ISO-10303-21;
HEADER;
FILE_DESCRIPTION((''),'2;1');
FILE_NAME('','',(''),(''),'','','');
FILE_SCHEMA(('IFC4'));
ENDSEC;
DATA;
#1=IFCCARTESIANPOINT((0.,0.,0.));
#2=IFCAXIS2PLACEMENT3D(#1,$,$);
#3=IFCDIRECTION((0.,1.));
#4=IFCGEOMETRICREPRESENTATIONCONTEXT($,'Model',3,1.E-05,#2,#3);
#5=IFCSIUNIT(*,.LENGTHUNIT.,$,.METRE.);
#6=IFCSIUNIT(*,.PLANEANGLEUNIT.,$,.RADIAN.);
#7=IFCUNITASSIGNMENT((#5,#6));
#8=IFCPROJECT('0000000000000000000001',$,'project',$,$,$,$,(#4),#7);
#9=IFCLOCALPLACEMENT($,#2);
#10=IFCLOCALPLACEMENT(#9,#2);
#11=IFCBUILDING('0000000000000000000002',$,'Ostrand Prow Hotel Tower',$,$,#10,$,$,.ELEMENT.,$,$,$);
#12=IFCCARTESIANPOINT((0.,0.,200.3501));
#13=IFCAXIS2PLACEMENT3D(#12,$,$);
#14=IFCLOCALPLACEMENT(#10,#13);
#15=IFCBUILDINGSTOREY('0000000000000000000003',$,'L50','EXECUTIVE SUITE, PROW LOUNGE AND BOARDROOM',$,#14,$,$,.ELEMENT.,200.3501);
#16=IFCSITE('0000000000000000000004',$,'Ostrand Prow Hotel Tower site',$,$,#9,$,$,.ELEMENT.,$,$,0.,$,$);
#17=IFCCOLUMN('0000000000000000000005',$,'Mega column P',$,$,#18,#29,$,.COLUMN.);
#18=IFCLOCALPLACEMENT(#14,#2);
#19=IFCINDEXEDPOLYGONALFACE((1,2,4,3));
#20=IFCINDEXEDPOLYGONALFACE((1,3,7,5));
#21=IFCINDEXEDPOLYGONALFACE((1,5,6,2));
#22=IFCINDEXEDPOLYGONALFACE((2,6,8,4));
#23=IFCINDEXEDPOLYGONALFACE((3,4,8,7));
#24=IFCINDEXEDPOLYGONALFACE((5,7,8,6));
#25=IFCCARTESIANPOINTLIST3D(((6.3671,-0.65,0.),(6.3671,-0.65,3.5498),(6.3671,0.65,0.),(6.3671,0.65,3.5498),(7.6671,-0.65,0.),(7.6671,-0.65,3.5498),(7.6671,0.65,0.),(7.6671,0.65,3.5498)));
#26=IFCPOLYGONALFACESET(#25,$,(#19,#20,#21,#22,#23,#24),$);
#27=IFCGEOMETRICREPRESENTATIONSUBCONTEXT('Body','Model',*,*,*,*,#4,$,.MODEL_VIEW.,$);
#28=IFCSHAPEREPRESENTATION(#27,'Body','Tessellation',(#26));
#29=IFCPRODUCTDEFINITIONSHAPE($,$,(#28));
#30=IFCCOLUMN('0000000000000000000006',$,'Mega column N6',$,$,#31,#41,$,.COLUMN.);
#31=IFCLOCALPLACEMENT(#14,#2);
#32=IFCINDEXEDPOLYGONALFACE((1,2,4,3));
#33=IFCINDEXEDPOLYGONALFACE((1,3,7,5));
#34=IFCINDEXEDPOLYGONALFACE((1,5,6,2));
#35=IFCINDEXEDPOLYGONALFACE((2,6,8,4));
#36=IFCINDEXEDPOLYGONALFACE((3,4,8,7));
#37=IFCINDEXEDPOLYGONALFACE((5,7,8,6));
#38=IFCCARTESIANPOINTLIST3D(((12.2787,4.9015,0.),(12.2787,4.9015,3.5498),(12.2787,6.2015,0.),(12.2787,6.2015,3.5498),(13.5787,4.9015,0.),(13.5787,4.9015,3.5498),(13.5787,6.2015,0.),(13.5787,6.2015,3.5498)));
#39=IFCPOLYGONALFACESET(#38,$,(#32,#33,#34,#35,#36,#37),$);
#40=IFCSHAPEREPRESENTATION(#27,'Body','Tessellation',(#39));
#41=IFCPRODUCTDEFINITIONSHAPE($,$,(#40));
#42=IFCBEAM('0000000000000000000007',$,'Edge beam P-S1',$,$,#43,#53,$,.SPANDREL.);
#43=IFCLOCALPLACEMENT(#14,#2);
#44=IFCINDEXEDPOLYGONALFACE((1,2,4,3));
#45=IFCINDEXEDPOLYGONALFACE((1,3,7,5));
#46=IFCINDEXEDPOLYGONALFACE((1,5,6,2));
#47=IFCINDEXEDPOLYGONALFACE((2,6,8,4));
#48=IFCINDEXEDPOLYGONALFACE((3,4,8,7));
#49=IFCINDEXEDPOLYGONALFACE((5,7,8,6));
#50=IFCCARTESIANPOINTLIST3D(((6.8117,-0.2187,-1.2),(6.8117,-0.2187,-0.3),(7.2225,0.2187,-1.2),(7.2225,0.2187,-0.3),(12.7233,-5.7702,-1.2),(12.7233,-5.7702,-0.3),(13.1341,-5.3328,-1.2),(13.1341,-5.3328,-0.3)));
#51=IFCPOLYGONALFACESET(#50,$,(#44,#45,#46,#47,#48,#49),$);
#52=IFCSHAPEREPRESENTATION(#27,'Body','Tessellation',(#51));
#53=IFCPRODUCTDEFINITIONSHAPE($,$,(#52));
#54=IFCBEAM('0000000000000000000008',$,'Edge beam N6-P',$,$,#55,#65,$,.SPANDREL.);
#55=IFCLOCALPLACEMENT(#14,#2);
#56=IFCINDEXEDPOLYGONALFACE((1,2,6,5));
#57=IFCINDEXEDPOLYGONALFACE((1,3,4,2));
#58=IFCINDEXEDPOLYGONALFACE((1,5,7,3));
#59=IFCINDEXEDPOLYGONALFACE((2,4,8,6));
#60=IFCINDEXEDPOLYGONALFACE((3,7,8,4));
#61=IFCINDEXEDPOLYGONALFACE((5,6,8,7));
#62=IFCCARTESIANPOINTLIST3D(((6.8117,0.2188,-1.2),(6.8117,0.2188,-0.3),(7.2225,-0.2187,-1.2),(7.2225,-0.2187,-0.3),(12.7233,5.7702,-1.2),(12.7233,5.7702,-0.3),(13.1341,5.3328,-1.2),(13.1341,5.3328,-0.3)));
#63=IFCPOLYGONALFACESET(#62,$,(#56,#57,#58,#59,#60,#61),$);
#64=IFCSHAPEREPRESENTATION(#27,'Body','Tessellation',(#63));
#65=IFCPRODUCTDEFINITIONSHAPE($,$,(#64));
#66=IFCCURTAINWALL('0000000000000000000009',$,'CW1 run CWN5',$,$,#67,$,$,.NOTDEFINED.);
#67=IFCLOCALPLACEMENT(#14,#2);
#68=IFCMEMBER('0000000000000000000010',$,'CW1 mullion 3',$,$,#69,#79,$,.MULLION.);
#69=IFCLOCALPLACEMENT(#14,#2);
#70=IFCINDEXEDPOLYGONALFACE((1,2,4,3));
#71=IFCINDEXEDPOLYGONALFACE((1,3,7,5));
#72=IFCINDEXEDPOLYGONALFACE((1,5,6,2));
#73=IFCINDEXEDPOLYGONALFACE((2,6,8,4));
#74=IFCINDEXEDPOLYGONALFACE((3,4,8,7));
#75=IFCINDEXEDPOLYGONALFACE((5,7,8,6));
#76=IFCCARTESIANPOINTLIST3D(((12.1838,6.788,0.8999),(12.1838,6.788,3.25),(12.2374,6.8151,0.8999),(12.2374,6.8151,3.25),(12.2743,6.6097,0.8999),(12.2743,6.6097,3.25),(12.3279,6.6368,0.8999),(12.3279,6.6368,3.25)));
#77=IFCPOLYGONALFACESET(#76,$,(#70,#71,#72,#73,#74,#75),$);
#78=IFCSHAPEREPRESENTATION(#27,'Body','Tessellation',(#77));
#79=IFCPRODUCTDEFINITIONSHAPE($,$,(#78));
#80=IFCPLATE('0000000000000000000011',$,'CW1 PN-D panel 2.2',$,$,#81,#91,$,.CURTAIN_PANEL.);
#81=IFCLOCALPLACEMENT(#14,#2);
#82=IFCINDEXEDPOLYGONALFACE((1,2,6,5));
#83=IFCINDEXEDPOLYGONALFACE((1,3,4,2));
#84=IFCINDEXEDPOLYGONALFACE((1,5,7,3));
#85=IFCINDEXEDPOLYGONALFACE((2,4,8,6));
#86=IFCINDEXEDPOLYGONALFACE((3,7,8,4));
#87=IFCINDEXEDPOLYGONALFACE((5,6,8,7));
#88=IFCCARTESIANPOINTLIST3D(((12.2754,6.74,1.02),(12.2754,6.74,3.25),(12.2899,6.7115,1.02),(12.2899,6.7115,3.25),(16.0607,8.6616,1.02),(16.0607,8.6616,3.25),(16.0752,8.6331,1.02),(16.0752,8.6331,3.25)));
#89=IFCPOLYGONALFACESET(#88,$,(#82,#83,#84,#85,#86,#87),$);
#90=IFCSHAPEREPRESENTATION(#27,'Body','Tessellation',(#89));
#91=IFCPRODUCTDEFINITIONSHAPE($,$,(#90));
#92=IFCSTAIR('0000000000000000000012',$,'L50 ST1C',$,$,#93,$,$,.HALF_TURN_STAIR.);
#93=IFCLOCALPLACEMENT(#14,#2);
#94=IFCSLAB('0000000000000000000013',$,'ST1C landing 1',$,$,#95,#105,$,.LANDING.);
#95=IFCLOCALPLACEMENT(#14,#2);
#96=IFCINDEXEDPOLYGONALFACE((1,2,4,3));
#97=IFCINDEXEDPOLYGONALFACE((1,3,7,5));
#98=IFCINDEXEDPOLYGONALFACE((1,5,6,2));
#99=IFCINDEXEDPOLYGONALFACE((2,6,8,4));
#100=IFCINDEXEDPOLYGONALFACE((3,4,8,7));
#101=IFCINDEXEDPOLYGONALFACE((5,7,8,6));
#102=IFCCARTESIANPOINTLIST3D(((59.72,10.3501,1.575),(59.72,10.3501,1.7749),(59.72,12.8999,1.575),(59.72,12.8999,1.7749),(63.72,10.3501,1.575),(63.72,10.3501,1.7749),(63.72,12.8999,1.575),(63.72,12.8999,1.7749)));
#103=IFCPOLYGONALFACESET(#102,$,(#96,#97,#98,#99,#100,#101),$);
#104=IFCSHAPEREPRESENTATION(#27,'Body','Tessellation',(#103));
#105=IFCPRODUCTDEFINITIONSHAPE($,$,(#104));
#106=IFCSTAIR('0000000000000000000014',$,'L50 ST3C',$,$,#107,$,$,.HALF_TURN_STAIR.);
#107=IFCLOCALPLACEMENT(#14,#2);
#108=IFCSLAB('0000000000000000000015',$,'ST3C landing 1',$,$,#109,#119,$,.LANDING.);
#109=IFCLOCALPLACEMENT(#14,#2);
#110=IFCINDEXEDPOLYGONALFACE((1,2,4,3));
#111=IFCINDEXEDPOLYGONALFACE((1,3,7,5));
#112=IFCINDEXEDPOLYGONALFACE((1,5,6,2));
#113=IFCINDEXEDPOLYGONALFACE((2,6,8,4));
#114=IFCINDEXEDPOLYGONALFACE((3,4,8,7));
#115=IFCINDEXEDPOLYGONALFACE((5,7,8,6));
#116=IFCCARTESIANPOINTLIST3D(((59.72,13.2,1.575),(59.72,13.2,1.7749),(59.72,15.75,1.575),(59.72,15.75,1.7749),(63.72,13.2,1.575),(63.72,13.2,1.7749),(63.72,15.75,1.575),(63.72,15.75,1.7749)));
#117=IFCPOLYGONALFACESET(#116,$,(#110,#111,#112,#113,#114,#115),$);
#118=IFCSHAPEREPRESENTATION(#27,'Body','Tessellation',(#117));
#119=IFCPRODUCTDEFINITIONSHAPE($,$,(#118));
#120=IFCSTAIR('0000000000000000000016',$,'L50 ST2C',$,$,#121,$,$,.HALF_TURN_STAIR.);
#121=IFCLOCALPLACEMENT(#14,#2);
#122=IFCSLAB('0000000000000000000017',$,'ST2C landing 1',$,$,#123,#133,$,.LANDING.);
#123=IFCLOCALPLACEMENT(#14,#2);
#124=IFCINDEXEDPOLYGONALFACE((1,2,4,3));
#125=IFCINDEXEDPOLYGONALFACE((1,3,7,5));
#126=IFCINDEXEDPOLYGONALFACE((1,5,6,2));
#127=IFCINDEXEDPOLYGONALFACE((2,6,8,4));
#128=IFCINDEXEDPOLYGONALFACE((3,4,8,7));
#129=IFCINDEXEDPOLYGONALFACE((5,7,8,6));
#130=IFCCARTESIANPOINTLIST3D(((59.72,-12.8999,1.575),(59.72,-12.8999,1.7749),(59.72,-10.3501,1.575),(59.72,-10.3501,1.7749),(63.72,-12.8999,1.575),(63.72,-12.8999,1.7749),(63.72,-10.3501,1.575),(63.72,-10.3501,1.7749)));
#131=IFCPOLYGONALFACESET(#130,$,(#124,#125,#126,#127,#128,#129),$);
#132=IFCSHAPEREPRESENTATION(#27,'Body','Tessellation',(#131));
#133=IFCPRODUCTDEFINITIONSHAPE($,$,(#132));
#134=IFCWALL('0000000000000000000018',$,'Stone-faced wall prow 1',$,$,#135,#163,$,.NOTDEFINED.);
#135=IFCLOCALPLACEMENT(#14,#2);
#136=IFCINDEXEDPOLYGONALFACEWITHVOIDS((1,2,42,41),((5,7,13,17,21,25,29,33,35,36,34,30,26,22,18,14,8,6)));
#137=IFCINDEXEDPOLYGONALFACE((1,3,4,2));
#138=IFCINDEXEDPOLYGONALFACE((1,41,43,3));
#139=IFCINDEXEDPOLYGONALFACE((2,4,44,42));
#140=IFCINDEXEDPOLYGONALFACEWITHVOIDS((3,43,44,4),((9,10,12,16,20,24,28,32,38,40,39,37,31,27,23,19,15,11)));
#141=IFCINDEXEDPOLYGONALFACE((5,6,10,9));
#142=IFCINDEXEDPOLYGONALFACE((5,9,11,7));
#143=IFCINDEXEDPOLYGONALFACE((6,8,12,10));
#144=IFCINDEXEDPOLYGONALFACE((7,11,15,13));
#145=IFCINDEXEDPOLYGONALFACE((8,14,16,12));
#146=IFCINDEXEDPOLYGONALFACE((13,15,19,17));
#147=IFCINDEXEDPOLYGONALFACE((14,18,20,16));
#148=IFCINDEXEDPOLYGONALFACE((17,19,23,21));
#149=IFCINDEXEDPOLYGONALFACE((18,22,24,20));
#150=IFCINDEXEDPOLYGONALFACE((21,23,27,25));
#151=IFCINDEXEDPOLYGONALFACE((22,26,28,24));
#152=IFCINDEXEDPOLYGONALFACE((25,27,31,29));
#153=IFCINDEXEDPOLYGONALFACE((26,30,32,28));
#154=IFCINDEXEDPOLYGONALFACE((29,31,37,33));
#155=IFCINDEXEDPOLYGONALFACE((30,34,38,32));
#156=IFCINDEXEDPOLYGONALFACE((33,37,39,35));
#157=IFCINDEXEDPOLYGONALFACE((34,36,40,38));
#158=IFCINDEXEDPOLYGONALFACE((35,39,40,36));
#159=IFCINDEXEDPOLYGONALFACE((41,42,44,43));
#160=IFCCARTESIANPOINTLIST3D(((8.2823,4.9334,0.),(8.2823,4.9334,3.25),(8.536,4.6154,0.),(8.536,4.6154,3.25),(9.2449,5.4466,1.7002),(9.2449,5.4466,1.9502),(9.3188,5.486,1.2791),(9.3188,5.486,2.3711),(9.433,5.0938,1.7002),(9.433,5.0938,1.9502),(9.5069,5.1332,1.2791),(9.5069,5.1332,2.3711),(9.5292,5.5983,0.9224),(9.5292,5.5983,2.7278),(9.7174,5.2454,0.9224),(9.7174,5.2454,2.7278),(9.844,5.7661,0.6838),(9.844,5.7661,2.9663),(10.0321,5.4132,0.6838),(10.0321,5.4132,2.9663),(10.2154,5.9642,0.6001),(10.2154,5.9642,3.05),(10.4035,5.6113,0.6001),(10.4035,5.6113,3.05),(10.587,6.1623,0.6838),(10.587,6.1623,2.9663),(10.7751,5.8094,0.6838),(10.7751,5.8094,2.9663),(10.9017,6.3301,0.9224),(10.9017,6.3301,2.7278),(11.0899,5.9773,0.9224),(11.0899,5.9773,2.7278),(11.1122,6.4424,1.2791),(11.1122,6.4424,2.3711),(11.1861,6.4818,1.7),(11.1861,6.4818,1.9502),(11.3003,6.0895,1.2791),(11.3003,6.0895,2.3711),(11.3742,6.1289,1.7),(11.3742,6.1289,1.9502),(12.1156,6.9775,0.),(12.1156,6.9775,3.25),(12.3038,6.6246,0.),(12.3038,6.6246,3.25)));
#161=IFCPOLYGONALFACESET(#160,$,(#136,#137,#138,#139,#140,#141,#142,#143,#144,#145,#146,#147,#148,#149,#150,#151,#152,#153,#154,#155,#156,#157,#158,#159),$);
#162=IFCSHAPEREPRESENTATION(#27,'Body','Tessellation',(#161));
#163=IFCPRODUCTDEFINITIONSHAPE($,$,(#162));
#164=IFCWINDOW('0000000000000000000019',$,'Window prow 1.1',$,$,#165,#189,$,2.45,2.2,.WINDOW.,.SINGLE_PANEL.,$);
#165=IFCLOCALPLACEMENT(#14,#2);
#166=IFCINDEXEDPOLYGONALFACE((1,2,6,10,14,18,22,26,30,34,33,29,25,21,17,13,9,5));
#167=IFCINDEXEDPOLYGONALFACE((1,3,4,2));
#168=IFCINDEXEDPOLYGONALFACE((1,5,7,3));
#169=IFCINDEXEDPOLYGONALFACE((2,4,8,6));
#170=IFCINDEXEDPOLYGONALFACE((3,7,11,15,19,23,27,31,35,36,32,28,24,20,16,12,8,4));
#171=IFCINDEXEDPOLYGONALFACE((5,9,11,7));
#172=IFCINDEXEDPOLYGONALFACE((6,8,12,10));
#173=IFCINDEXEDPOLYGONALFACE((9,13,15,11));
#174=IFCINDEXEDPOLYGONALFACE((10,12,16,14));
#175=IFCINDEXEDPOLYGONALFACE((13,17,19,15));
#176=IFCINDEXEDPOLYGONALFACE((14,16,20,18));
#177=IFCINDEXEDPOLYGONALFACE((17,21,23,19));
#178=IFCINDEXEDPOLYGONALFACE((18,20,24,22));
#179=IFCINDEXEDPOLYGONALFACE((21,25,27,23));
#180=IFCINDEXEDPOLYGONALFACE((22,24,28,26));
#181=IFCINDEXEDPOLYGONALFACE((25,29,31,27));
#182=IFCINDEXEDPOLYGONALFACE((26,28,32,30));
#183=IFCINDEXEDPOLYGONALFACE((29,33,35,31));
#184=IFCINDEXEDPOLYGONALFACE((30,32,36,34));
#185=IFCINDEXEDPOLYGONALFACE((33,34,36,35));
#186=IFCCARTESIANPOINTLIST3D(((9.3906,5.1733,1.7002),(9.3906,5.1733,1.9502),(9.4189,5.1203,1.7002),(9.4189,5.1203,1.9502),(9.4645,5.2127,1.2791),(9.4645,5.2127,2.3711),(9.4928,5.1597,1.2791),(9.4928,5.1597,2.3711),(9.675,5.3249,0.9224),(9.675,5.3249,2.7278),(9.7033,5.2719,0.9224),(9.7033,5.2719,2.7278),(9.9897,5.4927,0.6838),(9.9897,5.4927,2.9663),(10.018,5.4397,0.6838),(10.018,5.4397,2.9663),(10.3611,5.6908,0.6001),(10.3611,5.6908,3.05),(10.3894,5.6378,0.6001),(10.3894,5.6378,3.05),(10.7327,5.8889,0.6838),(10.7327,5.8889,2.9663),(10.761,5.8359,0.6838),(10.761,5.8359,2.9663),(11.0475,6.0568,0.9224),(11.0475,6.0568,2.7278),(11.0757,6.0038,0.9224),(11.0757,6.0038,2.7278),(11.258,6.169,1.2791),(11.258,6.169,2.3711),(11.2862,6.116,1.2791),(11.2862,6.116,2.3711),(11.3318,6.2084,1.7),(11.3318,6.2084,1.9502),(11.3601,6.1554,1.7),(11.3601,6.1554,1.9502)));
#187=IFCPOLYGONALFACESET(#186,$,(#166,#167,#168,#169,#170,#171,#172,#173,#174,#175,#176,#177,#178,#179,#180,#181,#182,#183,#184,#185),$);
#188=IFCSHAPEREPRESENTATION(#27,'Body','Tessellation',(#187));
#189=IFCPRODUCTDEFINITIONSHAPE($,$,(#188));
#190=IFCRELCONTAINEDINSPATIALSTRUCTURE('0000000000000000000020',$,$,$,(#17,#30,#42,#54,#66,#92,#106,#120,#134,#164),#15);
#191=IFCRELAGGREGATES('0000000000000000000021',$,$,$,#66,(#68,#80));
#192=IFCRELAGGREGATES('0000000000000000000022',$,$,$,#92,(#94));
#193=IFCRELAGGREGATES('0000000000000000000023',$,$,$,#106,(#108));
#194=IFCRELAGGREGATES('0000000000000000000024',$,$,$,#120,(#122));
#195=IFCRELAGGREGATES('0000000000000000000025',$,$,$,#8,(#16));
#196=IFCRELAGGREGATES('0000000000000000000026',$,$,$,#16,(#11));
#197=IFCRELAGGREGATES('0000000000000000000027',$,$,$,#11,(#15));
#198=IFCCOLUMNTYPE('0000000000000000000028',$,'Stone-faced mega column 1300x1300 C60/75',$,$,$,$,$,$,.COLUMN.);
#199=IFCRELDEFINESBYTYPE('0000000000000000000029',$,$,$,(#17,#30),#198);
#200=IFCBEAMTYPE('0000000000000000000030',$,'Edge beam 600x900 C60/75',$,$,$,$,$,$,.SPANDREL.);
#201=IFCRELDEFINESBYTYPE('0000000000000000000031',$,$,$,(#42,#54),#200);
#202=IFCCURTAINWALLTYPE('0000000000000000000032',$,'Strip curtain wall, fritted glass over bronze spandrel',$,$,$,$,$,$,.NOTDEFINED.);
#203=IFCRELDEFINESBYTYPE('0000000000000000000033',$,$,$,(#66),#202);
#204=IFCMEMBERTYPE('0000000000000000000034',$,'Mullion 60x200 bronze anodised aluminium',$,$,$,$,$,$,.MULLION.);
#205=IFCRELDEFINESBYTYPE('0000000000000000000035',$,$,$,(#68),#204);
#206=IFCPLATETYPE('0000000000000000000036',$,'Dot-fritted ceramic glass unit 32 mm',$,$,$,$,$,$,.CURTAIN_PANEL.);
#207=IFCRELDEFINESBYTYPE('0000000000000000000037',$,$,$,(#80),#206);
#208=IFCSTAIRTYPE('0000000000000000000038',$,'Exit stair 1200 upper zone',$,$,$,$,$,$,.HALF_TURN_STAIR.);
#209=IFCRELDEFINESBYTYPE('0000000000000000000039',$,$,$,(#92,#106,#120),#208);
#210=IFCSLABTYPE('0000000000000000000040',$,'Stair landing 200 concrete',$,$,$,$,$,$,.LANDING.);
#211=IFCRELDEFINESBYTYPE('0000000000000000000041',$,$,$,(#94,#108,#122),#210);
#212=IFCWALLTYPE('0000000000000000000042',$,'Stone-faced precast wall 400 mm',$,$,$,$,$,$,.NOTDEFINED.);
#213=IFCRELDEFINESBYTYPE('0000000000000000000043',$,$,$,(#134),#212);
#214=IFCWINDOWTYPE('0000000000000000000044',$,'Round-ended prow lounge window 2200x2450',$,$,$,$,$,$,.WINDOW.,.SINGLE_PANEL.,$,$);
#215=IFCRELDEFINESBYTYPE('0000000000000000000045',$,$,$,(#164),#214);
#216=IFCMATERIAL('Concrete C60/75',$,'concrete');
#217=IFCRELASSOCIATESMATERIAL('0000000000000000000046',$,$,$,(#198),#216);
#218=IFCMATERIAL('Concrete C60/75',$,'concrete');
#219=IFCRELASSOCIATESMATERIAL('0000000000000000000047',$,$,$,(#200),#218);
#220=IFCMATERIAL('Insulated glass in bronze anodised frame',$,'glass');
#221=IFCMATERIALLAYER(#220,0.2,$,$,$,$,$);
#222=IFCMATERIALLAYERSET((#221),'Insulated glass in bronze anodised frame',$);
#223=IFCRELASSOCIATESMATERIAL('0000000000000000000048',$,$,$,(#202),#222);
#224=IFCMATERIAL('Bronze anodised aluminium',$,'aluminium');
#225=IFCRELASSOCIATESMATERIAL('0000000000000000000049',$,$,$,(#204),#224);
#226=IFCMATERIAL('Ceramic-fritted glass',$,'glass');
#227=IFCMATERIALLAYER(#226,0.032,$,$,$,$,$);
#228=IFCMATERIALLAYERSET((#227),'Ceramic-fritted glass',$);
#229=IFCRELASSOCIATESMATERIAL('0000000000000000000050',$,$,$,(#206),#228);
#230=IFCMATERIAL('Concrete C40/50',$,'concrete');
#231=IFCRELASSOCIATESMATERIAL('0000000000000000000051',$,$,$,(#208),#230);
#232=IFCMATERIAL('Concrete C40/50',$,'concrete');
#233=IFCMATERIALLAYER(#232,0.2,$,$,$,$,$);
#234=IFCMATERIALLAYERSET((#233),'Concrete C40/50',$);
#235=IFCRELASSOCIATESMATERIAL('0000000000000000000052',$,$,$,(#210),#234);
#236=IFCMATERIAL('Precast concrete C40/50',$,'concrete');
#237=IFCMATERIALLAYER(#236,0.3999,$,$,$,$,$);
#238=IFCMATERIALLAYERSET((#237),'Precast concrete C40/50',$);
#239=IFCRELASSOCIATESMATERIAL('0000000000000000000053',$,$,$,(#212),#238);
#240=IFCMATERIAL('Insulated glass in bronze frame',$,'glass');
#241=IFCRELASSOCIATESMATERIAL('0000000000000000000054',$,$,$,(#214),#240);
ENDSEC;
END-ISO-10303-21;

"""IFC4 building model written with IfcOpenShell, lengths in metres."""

from ifc_helpers import new_model, si_unit, direction, frame, origin, origin_2d, place, context, subcontext, project, spatial, polyline, rectangle, outline, extrude, material, layer, layer_set, material_profile, profile_set, type_object, element, fill, aggregate, save


model = new_model("IFC4")

# Units and contexts
model_context = context("Model", 3, precision=1e-05, world=origin(), true_north=direction((0.0, 1.0)))
body_context = subcontext(model_context, "Body", "Model", "MODEL_VIEW")
ifc_project = project(units=[si_unit("LENGTHUNIT", "METRE"), si_unit("PLANEANGLEUNIT", "RADIAN")], contexts=[model_context])

# Site, building, storey
site_placement = place(None, origin())
site = spatial("IfcSite", under=ifc_project, at=site_placement, Name="Ostrand Prow Hotel Tower site", CompositionType="ELEMENT", RefElevation=0.0)
building_placement = place(site_placement, origin())
building = spatial("IfcBuilding", under=site, at=building_placement, Name="Ostrand Prow Hotel Tower", CompositionType="ELEMENT")
storey_placement = place(building_placement, frame((0.0, 0.0, 200.3501)))
storey = spatial("IfcBuildingStorey", under=building, at=storey_placement, Name="L50", Description="EXECUTIVE SUITE, PROW LOUNGE AND BOARDROOM", CompositionType="ELEMENT", Elevation=200.3501)

# Columns
ifc_material_1 = material(Name="Concrete C60/75", Category="concrete")
ifc_material_profile_1 = material_profile(ifc_material_1, rectangle(XDim=1.3, YDim=1.3, at=origin_2d()), Name="RC 1300x1300")
ifc_profile_set_1 = profile_set([ifc_material_profile_1], Name="Concrete C60/75")
column_type = type_object("IfcColumnType", Name="Stone-faced mega column 1300x1300 C60/75", PredefinedType="COLUMN", material=ifc_profile_set_1)
for number, where, z_axis, x_axis, name in (
    (1, (7.0171, 0.0, 0.0), (0.0, 0.0, 1.0), (1.0, 0.0, 0.0), "Mega column P"),
    (2, (12.9287, 5.5515, 0.0), (0.0, 0.0, 1.0), (1.0, 0.0, 0.0), "Mega column N6"),
):
    element("IfcColumn", number, at=place(storey_placement, frame(where, z_axis=z_axis, x_axis=x_axis)), inside=storey, type_object=column_type, Name=name, PredefinedType="COLUMN", context=body_context, shape_type="SweptSolid", body=[
        extrude(rectangle(XDim=1.3, YDim=1.3, at=origin_2d()), origin(), (0.0, 0.0, 1.0), 3.5498),
    ])

# Beams
ifc_material_2 = material(Name="Concrete C60/75", Category="concrete")
ifc_material_profile_2 = material_profile(ifc_material_2, rectangle(XDim=0.6001, YDim=0.8999, at=origin_2d()), Name="RC 600x900")
ifc_profile_set_2 = profile_set([ifc_material_profile_2], Name="Concrete C60/75")
beam_type = type_object("IfcBeamType", Name="Edge beam 600x900 C60/75", PredefinedType="SPANDREL", material=ifc_profile_set_2)
for number, where, z_axis, x_axis, name in (
    (3, (7.0171, 0.0, -0.75), (0.728961, -0.684556, 0.0), (0.684556, 0.728961, 0.0), "Edge beam P-S1"),
    (4, (12.9287, 5.5515, -0.75), (-0.728961, -0.684556, 0.0), (0.684556, -0.728961, 0.0), "Edge beam N6-P"),
):
    element("IfcBeam", number, at=place(storey_placement, frame(where, z_axis=z_axis, x_axis=x_axis)), inside=storey, type_object=beam_type, Name=name, PredefinedType="SPANDREL", context=body_context, shape_type="SweptSolid", body=[
        extrude(rectangle(XDim=0.6001, YDim=0.8999, at=origin_2d()), origin(), (0.0, 0.0, 1.0), 8.1096),
    ])

# Curtain wall, member, plate
ifc_material_3 = material(Name="Insulated glass in bronze anodised frame", Category="glass")
ifc_layer_1 = layer(ifc_material_3, 0.2)
ifc_layer_set_1 = layer_set([ifc_layer_1], Name="Insulated glass in bronze anodised frame")
curtain_wall_type = type_object("IfcCurtainWallType", Name="Strip curtain wall, fritted glass over bronze spandrel", PredefinedType="NOTDEFINED", material=ifc_layer_set_1)
curtain_wall_placement = place(storey_placement, origin())
curtain_wall = element("IfcCurtainWall", 5, at=curtain_wall_placement, inside=storey, type_object=curtain_wall_type, Name="CW1 run CWN5", PredefinedType="NOTDEFINED")
ifc_material_4 = material(Name="Bronze anodised aluminium", Category="aluminium")
ifc_material_profile_3 = material_profile(ifc_material_4, rectangle(XDim=0.2, YDim=0.0601, at=origin_2d()), Name="Mullion 60x200 bronze anodised aluminium")
ifc_profile_set_3 = profile_set([ifc_material_profile_3], Name="Bronze anodised aluminium")
member_type = type_object("IfcMemberType", Name="Mullion 60x200 bronze anodised aluminium", PredefinedType="MULLION", material=ifc_profile_set_3)
member_placement = place(storey_placement, frame((12.2559, 6.7124, 0.8999), z_axis=(0.0, 0.0, 1.0), x_axis=(0.452659, -0.891684, 0.0)))
member = element("IfcMember", 6, at=member_placement, type_object=member_type, Name="CW1 mullion 3", PredefinedType="MULLION", context=body_context, shape_type="SweptSolid", body=[
    extrude(rectangle(XDim=0.2, YDim=0.0601, at=origin_2d()), origin(), (0.0, 0.0, 1.0), 2.3501),
])
ifc_material_5 = material(Name="Ceramic-fritted glass", Category="glass")
ifc_layer_2 = layer(ifc_material_5, 0.032)
ifc_layer_set_2 = layer_set([ifc_layer_2], Name="Ceramic-fritted glass")
plate_type = type_object("IfcPlateType", Name="Dot-fritted ceramic glass unit 32 mm", PredefinedType="CURTAIN_PANEL", material=ifc_layer_set_2)
plate_placement = place(storey_placement, frame((14.1753, 7.6865, 1.02), z_axis=(0.0, 0.0, 1.0), x_axis=(-0.891684, -0.452659, 0.0)))
plate = element("IfcPlate", 7, at=plate_placement, type_object=plate_type, Name="CW1 PN-D panel 2.2", PredefinedType="CURTAIN_PANEL", context=body_context, shape_type="SweptSolid", body=[
    extrude(rectangle(XDim=4.2451, YDim=0.032, at=origin_2d()), origin(), (0.0, 0.0, 1.0), 2.23),
])
aggregate(curtain_wall, [member, plate])

# Stairs, slabs
ifc_material_6 = material(Name="Concrete C40/50", Category="concrete")
stair_type = type_object("IfcStairType", Name="Exit stair 1200 upper zone", PredefinedType="HALF_TURN_STAIR", material=ifc_material_6)
stair_1_placement = place(storey_placement, origin())
stair_1 = element("IfcStair", 8, at=stair_1_placement, inside=storey, type_object=stair_type, Name="L50 ST1C", PredefinedType="HALF_TURN_STAIR")
ifc_material_7 = material(Name="Concrete C40/50", Category="concrete")
ifc_layer_3 = layer(ifc_material_7, 0.2)
ifc_layer_set_3 = layer_set([ifc_layer_3], Name="Concrete C40/50")
slab_type = type_object("IfcSlabType", Name="Stair landing 200 concrete", PredefinedType="LANDING", material=ifc_layer_set_3)
slab_1_placement = place(storey_placement, frame((0.0, 0.0, 1.575)))
slab_1 = element("IfcSlab", 9, at=slab_1_placement, type_object=slab_type, Name="ST1C landing 1", PredefinedType="LANDING", context=body_context, shape_type="SweptSolid", body=[
    extrude(outline(polyline([(59.72, 10.3501), (63.72, 10.3501), (63.72, 12.8999), (59.72, 12.8999), (59.72, 10.3501)])), origin(), (0.0, 0.0, 1.0), 0.2),
])
aggregate(stair_1, [slab_1])
stair_2_placement = place(storey_placement, origin())
stair_2 = element("IfcStair", 10, at=stair_2_placement, inside=storey, type_object=stair_type, Name="L50 ST3C", PredefinedType="HALF_TURN_STAIR")
slab_2_placement = place(storey_placement, frame((0.0, 0.0, 1.575)))
slab_2 = element("IfcSlab", 11, at=slab_2_placement, type_object=slab_type, Name="ST3C landing 1", PredefinedType="LANDING", context=body_context, shape_type="SweptSolid", body=[
    extrude(outline(polyline([(59.72, 13.2), (63.72, 13.2), (63.72, 15.75), (59.72, 15.75), (59.72, 13.2)])), origin(), (0.0, 0.0, 1.0), 0.2),
])
aggregate(stair_2, [slab_2])
stair_3_placement = place(storey_placement, origin())
stair_3 = element("IfcStair", 12, at=stair_3_placement, inside=storey, type_object=stair_type, Name="L50 ST2C", PredefinedType="HALF_TURN_STAIR")
slab_3_placement = place(storey_placement, frame((0.0, 0.0, 1.575)))
slab_3 = element("IfcSlab", 13, at=slab_3_placement, type_object=slab_type, Name="ST2C landing 1", PredefinedType="LANDING", context=body_context, shape_type="SweptSolid", body=[
    extrude(outline(polyline([(59.72, -12.8999), (63.72, -12.8999), (63.72, -10.3501), (59.72, -10.3501), (59.72, -12.8999)])), origin(), (0.0, 0.0, 1.0), 0.2),
])
aggregate(stair_3, [slab_3])

# Wall, opening, window
ifc_material_8 = material(Name="Precast concrete C40/50", Category="concrete")
ifc_layer_4 = layer(ifc_material_8, 0.3999)
ifc_layer_set_4 = layer_set([ifc_layer_4], Name="Precast concrete C40/50")
wall_type = type_object("IfcWallType", Name="Stone-faced precast wall 400 mm", PredefinedType="NOTDEFINED", material=ifc_layer_set_4)
wall_1_placement = place(storey_placement, frame((12.2097, 6.801, 0.0), z_axis=(0.0, 0.0, 1.0), x_axis=(-0.882386, -0.470526, 0.0)))
wall_1 = element("IfcWall", 14, at=wall_1_placement, inside=storey, type_object=wall_type, Name="Stone-faced wall prow 1", PredefinedType="NOTDEFINED", context=body_context, shape_type="SweptSolid", body=[
    extrude(outline(polyline([(0.0, -0.2), (4.3442, -0.2), (4.27, 0.2), (0.0, 0.2), (0.0, -0.2)])), origin(), (0.0, 0.0, 1.0), 3.25),
])
opening_1_placement = place(wall_1_placement, frame((1.0535, 0.0, 0.6001)))
opening_1 = element("IfcOpeningElement", 15, at=opening_1_placement, cuts=wall_1, PredefinedType="OPENING", context=body_context, shape_type="SweptSolid", body=[
    extrude(outline(polyline([(0.0, 1.3501), (0.0837, 1.771), (0.3223, 2.1277), (0.679, 2.3662), (1.1001, 2.45), (1.521, 2.3662), (1.8777, 2.1277), (2.1162, 1.771), (2.2, 1.3501), (2.2, 1.1001), (2.1162, 0.679), (1.8777, 0.3223), (1.521, 0.0837), (1.1001, 0.0), (0.679, 0.0837), (0.3223, 0.3223), (0.0837, 0.679), (0.0, 1.0999), (0.0, 1.3501)])), frame((0.0, 0.21, 0.0), z_axis=(0.0, -1.0, 0.0), x_axis=(1.0, 0.0, 0.0)), (0.0, 0.0, 1.0), 0.4199),
])
ifc_material_9 = material(Name="Insulated glass in bronze frame", Category="glass")
window_type = type_object("IfcWindowType", Name="Round-ended prow lounge window 2200x2450", PartitioningType="SINGLE_PANEL", PredefinedType="WINDOW", material=ifc_material_9)
window_1_placement = place(opening_1_placement, origin())
window_1 = element("IfcWindow", 16, at=window_1_placement, inside=storey, type_object=window_type, Name="Window prow 1.1", OverallHeight=2.45, OverallWidth=2.2, PartitioningType="SINGLE_PANEL", PredefinedType="WINDOW", context=body_context, shape_type="SweptSolid", body=[
    extrude(outline(polyline([(0.0, 1.3501), (0.0837, 1.771), (0.3223, 2.1277), (0.679, 2.3662), (1.1001, 2.45), (1.521, 2.3662), (1.8777, 2.1277), (2.1162, 1.771), (2.2, 1.3501), (2.2, 1.1001), (2.1162, 0.679), (1.8777, 0.3223), (1.521, 0.0837), (1.1001, 0.0), (0.679, 0.0837), (0.3223, 0.3223), (0.0837, 0.679), (0.0, 1.0999), (0.0, 1.3501)])), frame((0.0, 0.1699, 0.0), z_axis=(0.0, -1.0, 0.0), x_axis=(1.0, 0.0, 0.0)), (0.0, 0.0, 1.0), 0.0601),
])
fill(opening_1, window_1)

save(model, "model.ifc")
